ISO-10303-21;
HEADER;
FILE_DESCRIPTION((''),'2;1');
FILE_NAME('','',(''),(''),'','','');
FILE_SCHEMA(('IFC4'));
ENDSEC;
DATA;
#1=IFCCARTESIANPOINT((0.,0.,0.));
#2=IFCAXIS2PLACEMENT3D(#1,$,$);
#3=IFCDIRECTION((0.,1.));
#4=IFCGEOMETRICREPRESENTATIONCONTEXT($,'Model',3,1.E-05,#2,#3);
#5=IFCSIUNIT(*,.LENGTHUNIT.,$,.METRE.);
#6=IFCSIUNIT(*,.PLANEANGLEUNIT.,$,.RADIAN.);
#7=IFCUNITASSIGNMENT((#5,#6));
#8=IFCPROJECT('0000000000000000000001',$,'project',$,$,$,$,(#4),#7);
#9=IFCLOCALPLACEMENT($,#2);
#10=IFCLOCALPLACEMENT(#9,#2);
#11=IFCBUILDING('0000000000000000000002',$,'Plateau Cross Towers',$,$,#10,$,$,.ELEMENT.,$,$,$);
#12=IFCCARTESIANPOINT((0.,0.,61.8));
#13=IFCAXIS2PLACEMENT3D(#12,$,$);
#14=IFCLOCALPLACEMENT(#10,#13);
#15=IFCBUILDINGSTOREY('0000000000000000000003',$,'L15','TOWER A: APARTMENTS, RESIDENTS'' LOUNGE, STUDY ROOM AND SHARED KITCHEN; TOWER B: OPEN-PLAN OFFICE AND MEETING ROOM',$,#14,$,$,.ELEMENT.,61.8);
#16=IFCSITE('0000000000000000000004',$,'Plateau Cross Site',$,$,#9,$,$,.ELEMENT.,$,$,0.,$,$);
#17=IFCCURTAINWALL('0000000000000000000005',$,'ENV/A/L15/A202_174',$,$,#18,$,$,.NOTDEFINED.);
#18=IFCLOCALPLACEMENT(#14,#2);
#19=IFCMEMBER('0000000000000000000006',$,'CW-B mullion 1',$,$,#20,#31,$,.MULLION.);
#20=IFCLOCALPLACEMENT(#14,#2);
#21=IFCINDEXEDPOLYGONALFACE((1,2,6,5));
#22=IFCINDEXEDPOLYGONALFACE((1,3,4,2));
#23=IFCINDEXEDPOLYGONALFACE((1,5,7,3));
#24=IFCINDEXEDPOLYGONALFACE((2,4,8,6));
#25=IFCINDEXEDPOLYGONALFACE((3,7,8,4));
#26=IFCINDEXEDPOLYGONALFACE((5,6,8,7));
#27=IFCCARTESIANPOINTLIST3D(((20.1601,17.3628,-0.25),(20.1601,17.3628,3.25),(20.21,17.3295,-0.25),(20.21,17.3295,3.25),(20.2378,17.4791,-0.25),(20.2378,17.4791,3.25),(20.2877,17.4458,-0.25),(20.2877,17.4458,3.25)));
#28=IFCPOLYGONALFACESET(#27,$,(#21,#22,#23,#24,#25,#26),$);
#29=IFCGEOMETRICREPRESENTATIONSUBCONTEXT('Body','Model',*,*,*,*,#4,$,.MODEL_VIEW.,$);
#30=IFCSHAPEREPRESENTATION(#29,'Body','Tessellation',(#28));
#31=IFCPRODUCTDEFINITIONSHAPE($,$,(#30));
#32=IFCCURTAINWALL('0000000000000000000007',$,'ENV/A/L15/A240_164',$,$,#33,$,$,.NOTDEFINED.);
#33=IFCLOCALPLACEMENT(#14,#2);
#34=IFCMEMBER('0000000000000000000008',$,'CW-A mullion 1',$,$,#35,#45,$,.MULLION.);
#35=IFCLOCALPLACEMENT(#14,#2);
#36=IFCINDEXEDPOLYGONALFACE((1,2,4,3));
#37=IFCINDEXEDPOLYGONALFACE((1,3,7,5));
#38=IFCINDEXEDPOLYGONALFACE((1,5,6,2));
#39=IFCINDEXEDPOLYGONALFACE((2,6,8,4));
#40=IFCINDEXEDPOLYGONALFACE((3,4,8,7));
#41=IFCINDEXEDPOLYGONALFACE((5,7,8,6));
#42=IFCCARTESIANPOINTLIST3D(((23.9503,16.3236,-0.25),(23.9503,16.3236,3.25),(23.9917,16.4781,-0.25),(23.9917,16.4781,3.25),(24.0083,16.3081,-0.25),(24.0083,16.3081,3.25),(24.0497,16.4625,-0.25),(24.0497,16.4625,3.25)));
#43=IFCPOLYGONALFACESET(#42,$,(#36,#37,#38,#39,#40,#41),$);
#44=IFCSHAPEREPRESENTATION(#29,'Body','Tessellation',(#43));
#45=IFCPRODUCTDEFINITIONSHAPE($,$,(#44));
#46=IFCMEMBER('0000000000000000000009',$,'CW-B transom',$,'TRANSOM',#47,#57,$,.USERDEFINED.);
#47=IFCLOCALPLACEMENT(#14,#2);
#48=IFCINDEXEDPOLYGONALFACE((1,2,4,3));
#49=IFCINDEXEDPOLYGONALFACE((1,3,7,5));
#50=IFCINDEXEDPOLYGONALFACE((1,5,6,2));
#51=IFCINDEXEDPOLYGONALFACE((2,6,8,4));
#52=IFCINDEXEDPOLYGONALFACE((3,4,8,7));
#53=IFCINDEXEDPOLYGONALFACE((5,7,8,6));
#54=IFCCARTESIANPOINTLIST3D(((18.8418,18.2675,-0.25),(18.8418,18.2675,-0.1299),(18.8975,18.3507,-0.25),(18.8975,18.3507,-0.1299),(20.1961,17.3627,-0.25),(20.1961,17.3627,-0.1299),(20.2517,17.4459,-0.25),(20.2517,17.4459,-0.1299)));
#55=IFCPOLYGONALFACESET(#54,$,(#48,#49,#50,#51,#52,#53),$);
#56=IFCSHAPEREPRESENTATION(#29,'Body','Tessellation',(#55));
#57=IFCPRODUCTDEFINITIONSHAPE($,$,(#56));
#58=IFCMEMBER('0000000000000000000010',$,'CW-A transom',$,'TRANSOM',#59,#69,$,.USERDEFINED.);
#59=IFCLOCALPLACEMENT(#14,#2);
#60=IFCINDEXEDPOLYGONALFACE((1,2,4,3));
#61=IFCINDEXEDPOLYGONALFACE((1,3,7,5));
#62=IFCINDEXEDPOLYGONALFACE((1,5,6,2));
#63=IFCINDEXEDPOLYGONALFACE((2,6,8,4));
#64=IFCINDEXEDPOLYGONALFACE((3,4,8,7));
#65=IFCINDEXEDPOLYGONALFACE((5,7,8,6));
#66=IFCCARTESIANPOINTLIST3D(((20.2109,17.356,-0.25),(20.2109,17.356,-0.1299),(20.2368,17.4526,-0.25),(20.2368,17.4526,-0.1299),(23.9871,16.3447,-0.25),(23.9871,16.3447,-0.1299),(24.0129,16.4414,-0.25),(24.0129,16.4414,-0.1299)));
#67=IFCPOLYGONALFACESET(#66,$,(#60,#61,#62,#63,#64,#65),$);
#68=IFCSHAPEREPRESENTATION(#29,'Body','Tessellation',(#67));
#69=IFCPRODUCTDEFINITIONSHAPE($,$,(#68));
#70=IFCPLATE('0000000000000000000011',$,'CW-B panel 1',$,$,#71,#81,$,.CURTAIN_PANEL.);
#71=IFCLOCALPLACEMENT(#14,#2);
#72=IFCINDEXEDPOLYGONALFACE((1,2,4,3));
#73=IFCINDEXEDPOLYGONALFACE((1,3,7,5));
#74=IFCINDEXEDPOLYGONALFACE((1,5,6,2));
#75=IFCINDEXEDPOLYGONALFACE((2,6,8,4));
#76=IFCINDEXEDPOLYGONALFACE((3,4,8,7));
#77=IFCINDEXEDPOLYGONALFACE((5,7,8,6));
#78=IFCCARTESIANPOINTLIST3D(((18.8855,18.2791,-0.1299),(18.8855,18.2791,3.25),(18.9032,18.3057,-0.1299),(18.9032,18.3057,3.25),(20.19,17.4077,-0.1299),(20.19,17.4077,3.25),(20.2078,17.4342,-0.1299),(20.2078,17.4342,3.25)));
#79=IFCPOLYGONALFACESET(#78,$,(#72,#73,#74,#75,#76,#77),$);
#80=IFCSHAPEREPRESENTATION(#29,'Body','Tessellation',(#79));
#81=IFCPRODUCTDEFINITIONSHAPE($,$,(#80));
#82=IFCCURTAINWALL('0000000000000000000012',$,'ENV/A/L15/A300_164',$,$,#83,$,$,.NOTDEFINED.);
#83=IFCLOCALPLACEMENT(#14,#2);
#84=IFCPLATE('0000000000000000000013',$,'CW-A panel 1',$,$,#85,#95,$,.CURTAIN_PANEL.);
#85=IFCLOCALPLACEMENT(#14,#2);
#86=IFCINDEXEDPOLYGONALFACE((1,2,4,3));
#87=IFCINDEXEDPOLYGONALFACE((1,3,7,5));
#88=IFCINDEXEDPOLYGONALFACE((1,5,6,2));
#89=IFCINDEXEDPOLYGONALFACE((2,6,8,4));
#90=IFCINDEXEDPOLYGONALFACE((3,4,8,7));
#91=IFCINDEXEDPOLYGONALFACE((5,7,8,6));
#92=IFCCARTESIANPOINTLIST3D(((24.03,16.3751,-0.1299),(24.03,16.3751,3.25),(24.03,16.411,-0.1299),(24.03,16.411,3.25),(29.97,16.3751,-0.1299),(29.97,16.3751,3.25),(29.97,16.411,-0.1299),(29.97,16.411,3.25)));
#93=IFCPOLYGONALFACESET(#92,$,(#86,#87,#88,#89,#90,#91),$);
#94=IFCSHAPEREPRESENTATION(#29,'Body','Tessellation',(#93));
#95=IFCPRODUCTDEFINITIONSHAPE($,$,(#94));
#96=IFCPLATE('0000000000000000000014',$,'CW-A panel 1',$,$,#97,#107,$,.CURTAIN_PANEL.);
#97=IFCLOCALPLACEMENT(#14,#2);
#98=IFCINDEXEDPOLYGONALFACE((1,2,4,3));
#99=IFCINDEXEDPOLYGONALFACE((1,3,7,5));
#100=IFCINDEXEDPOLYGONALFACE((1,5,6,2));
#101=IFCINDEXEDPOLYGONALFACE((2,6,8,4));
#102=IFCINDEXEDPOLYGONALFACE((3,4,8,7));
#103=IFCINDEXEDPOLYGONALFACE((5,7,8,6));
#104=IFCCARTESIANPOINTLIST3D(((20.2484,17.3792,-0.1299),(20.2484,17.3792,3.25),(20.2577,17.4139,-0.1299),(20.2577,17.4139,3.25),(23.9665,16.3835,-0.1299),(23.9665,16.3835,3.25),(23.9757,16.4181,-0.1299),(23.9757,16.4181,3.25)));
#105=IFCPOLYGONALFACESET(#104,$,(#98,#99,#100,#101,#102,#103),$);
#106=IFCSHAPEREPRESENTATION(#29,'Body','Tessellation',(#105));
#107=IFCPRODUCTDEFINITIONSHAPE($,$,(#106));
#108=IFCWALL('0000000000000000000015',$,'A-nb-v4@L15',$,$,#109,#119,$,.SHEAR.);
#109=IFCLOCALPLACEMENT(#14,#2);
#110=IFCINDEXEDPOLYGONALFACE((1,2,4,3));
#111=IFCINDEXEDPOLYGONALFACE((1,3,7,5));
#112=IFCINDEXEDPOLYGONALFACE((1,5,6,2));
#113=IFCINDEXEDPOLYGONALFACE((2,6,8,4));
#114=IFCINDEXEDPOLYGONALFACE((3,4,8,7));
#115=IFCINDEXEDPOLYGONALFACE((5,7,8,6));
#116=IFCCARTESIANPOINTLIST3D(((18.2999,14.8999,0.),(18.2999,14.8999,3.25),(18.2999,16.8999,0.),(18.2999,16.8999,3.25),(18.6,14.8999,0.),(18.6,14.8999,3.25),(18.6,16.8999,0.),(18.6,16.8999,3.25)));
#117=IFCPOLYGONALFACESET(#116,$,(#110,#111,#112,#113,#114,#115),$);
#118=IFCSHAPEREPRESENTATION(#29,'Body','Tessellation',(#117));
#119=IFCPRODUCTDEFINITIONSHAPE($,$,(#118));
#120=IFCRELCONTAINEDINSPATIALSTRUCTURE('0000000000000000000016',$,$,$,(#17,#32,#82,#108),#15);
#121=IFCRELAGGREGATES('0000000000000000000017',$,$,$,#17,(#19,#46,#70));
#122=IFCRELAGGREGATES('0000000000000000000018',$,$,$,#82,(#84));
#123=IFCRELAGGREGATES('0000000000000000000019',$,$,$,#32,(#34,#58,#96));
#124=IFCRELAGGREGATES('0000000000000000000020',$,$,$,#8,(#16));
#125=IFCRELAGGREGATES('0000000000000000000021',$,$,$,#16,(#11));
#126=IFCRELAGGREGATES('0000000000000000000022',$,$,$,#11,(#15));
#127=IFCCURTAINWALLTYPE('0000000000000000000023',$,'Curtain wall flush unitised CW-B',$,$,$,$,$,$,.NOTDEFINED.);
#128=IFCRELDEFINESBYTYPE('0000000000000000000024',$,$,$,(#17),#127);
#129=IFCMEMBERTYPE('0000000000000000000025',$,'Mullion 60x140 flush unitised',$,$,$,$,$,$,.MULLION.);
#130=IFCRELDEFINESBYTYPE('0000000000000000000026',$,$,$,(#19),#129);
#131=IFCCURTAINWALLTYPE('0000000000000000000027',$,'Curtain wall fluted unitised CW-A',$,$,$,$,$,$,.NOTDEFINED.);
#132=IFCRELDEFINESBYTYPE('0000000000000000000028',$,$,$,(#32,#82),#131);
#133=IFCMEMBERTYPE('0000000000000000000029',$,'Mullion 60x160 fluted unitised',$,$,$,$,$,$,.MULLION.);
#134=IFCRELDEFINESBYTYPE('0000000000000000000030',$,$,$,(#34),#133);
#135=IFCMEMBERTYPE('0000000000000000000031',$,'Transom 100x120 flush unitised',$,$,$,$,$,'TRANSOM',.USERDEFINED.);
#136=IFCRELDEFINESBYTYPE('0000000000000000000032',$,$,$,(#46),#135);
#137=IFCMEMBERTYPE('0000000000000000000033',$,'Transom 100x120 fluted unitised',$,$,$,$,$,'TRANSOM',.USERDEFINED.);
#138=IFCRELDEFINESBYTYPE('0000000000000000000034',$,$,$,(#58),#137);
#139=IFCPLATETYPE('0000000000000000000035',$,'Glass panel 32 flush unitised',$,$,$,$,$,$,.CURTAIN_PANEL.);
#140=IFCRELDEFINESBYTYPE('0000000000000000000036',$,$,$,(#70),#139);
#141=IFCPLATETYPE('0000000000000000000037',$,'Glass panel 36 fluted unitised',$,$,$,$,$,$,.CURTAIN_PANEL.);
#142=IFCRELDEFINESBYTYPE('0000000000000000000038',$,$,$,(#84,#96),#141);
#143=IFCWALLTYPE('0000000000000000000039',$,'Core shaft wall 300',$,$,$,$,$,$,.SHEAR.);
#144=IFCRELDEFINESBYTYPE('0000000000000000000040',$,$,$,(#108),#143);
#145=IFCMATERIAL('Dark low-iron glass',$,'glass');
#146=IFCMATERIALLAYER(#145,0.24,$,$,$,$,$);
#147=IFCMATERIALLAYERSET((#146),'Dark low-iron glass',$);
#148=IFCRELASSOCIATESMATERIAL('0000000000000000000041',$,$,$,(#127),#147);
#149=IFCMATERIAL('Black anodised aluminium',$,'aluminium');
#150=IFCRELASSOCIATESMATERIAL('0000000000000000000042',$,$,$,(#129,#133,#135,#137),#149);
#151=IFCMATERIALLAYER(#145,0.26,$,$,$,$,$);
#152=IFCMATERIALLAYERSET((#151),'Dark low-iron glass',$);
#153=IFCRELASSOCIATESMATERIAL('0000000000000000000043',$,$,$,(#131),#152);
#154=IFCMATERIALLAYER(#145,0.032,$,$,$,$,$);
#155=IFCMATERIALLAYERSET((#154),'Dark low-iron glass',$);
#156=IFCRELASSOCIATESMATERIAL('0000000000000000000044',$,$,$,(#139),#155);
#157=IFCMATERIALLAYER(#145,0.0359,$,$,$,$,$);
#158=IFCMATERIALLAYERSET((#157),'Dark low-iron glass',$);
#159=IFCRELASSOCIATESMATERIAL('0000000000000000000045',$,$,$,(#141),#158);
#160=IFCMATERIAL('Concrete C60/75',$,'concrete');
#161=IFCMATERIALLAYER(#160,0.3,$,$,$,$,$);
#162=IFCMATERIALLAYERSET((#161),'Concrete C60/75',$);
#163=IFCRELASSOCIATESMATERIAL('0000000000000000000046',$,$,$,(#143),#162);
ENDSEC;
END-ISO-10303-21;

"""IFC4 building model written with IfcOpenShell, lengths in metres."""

from ifc_helpers import new_model, si_unit, direction, frame, frame_2d, origin, origin_2d, place, context, subcontext, project, spatial, rectangle, extrude, material, layer, layer_set, material_profile, profile_set, type_object, element, aggregate, save


model = new_model("IFC4")

# Units and contexts
model_context = context("Model", 3, precision=1e-05, world=origin(), true_north=direction((0.0, 1.0)))
body_context = subcontext(model_context, "Body", "Model", "MODEL_VIEW")
ifc_project = project(units=[si_unit("LENGTHUNIT", "METRE"), si_unit("PLANEANGLEUNIT", "RADIAN")], contexts=[model_context])

# Site, building, storey
site_placement = place(None, origin())
site = spatial("IfcSite", under=ifc_project, at=site_placement, Name="Plateau Cross Site", CompositionType="ELEMENT", RefElevation=0.0)
building_placement = place(site_placement, origin())
building = spatial("IfcBuilding", under=site, at=building_placement, Name="Plateau Cross Towers", CompositionType="ELEMENT")
storey_placement = place(building_placement, frame((0.0, 0.0, 61.8)))
storey = spatial("IfcBuildingStorey", under=building, at=storey_placement, Name="L15", Description="TOWER A: APARTMENTS, RESIDENTS' LOUNGE, STUDY ROOM AND SHARED KITCHEN; TOWER B: OPEN-PLAN OFFICE AND MEETING ROOM", CompositionType="ELEMENT", Elevation=61.8)

# Curtain walls, members
ifc_material_1 = material(Name="Dark low-iron glass", Category="glass")
ifc_layer_1 = layer(ifc_material_1, 0.24)
ifc_layer_set_1 = layer_set([ifc_layer_1], Name="Dark low-iron glass")
curtain_wall_type_1 = type_object("IfcCurtainWallType", Name="Curtain wall flush unitised CW-B", PredefinedType="NOTDEFINED", material=ifc_layer_set_1)
curtain_wall_1_placement = place(storey_placement, origin())
curtain_wall_1 = element("IfcCurtainWall", 1, at=curtain_wall_1_placement, inside=storey, type_object=curtain_wall_type_1, Name="ENV/A/L15/A202_174", PredefinedType="NOTDEFINED")
ifc_material_2 = material(Name="Black anodised aluminium", Category="aluminium")
ifc_material_profile_1 = material_profile(ifc_material_2, rectangle(XDim=0.0601, YDim=0.1399, at=origin_2d()), Name="MULLION 60x140")
ifc_profile_set_1 = profile_set([ifc_material_profile_1], Name="Black anodised aluminium")
member_type_1 = type_object("IfcMemberType", Name="Mullion 60x140 flush unitised", PredefinedType="MULLION", material=ifc_profile_set_1)
member_1_placement = place(storey_placement, frame((20.2239, 17.4043, -0.25), z_axis=(0.0, 0.0, 1.0), x_axis=(-0.831521, 0.555493, 0.0)))
member_1 = element("IfcMember", 2, at=member_1_placement, type_object=member_type_1, Name="CW-B mullion 1", PredefinedType="MULLION", context=body_context, shape_type="SweptSolid", body=[
    extrude(rectangle(XDim=0.0601, YDim=0.1399, at=origin_2d()), origin(), (0.0, 0.0, 1.0), 3.5),
])
ifc_layer_2 = layer(ifc_material_1, 0.26)
ifc_layer_set_2 = layer_set([ifc_layer_2], Name="Dark low-iron glass")
curtain_wall_type_2 = type_object("IfcCurtainWallType", Name="Curtain wall fluted unitised CW-A", PredefinedType="NOTDEFINED", material=ifc_layer_set_2)
curtain_wall_2_placement = place(storey_placement, origin())
curtain_wall_2 = element("IfcCurtainWall", 3, at=curtain_wall_2_placement, inside=storey, type_object=curtain_wall_type_2, Name="ENV/A/L15/A240_164", PredefinedType="NOTDEFINED")
ifc_material_profile_2 = material_profile(ifc_material_2, rectangle(XDim=0.0601, YDim=0.1599, at=origin_2d()), Name="MULLION 60x160")
ifc_profile_set_2 = profile_set([ifc_material_profile_2], Name="Black anodised aluminium")
member_type_2 = type_object("IfcMemberType", Name="Mullion 60x160 fluted unitised", PredefinedType="MULLION", material=ifc_profile_set_2)
member_2_placement = place(storey_placement, frame((24.0, 16.3931, -0.25), z_axis=(0.0, 0.0, 1.0), x_axis=(-0.965958, 0.258699, 0.0)))
member_2 = element("IfcMember", 4, at=member_2_placement, type_object=member_type_2, Name="CW-A mullion 1", PredefinedType="MULLION", context=body_context, shape_type="SweptSolid", body=[
    extrude(rectangle(XDim=0.0601, YDim=0.1599, at=origin_2d()), origin(), (0.0, 0.0, 1.0), 3.5),
])

# Members
ifc_material_profile_3 = material_profile(ifc_material_2, rectangle(XDim=0.1001, YDim=0.1201, at=origin_2d()), Name="TRANSOM 100x120")
ifc_profile_set_3 = profile_set([ifc_material_profile_3], Name="Black anodised aluminium")
member_type_3 = type_object("IfcMemberType", Name="Transom 100x120 flush unitised", ElementType="TRANSOM", PredefinedType="USERDEFINED", material=ifc_profile_set_3)
member_3_placement = place(storey_placement, frame((20.2239, 17.4043, -0.1899), z_axis=(-0.831496, 0.55553, 0.0), x_axis=(-0.55553, -0.831496, 0.0)))
member_3 = element("IfcMember", 5, at=member_3_placement, type_object=member_type_3, Name="CW-B transom", ObjectType="TRANSOM", PredefinedType="USERDEFINED", context=body_context, shape_type="SweptSolid", body=[
    extrude(rectangle(XDim=0.1001, YDim=0.1201, at=origin_2d()), origin(), (0.0, 0.0, 1.0), 1.6287),
])
ifc_material_profile_4 = material_profile(ifc_material_2, rectangle(XDim=0.1001, YDim=0.1201, at=origin_2d()), Name="TRANSOM 100x120")
ifc_profile_set_4 = profile_set([ifc_material_profile_4], Name="Black anodised aluminium")
member_type_4 = type_object("IfcMemberType", Name="Transom 100x120 fluted unitised", ElementType="TRANSOM", PredefinedType="USERDEFINED", material=ifc_profile_set_4)
member_4_placement = place(storey_placement, frame((24.0, 16.3931, -0.1899), z_axis=(-0.965963, 0.258681, 0.0), x_axis=(-0.258681, -0.965963, 0.0)))
member_4 = element("IfcMember", 6, at=member_4_placement, type_object=member_type_4, Name="CW-A transom", ObjectType="TRANSOM", PredefinedType="USERDEFINED", context=body_context, shape_type="SweptSolid", body=[
    extrude(rectangle(XDim=0.1001, YDim=0.1201, at=origin_2d()), origin(), (0.0, 0.0, 1.0), 3.9092),
])

# Plate
ifc_layer_3 = layer(ifc_material_1, 0.032)
ifc_layer_set_3 = layer_set([ifc_layer_3], Name="Dark low-iron glass")
plate_type_1 = type_object("IfcPlateType", Name="Glass panel 32 flush unitised", PredefinedType="CURTAIN_PANEL", material=ifc_layer_set_3)
plate_1_placement = place(storey_placement, frame((19.5466, 17.8567, -0.1299), z_axis=(0.0, 0.0, 1.0), x_axis=(-0.831521, 0.555493, 0.0)))
plate_1 = element("IfcPlate", 7, at=plate_1_placement, type_object=plate_type_1, Name="CW-B panel 1", PredefinedType="CURTAIN_PANEL", context=body_context, shape_type="SweptSolid", body=[
    extrude(rectangle(XDim=1.5688, YDim=0.032, at=origin_2d()), origin(), (0.0, 0.0, 1.0), 3.3799),
])
aggregate(curtain_wall_1, [member_1, member_3, plate_1])

# Curtain wall, plate
curtain_wall_3_placement = place(storey_placement, origin())
curtain_wall_3 = element("IfcCurtainWall", 8, at=curtain_wall_3_placement, inside=storey, type_object=curtain_wall_type_2, Name="ENV/A/L15/A300_164", PredefinedType="NOTDEFINED")
ifc_layer_4 = layer(ifc_material_1, 0.0359)
ifc_layer_set_4 = layer_set([ifc_layer_4], Name="Dark low-iron glass")
plate_type_2 = type_object("IfcPlateType", Name="Glass panel 36 fluted unitised", PredefinedType="CURTAIN_PANEL", material=ifc_layer_set_4)
plate_2_placement = place(storey_placement, frame((27.0, 16.3931, -0.1299), z_axis=(0.0, 0.0, 1.0), x_axis=(-1.0, 0.0, 0.0)))
plate_2 = element("IfcPlate", 9, at=plate_2_placement, type_object=plate_type_2, Name="CW-A panel 1", PredefinedType="CURTAIN_PANEL", context=body_context, shape_type="SweptSolid", body=[
    extrude(rectangle(XDim=5.9399, YDim=0.0359, at=origin_2d()), origin(), (0.0, 0.0, 1.0), 3.3799),
])
aggregate(curtain_wall_3, [plate_2])

# Plate
plate_3_placement = place(storey_placement, frame((22.1121, 16.8987, -0.1299), z_axis=(0.0, 0.0, 1.0), x_axis=(-0.965958, 0.258699, 0.0)))
plate_3 = element("IfcPlate", 10, at=plate_3_placement, type_object=plate_type_2, Name="CW-A panel 1", PredefinedType="CURTAIN_PANEL", context=body_context, shape_type="SweptSolid", body=[
    extrude(rectangle(XDim=3.8491, YDim=0.0359, at=origin_2d()), origin(), (0.0, 0.0, 1.0), 3.3799),
])
aggregate(curtain_wall_2, [member_2, member_4, plate_3])

# Wall
ifc_material_3 = material(Name="Concrete C60/75", Category="concrete")
ifc_layer_5 = layer(ifc_material_3, 0.3)
ifc_layer_set_5 = layer_set([ifc_layer_5], Name="Concrete C60/75")
wall_type = type_object("IfcWallType", Name="Core shaft wall 300", PredefinedType="SHEAR", material=ifc_layer_set_5)
wall_placement = place(storey_placement, frame((18.45, 14.8999, 0.0), z_axis=(0.0, 0.0, 1.0), x_axis=(0.0, 1.0, 0.0)))
element("IfcWall", 11, at=wall_placement, inside=storey, type_object=wall_type, Name="A-nb-v4@L15", PredefinedType="SHEAR", context=body_context, shape_type="SweptSolid", body=[
    extrude(rectangle(XDim=2.0, YDim=0.3, at=frame_2d((1.0, 0.0))), origin(), (0.0, 0.0, 1.0), 3.25),
])

save(model, "model.ifc")
